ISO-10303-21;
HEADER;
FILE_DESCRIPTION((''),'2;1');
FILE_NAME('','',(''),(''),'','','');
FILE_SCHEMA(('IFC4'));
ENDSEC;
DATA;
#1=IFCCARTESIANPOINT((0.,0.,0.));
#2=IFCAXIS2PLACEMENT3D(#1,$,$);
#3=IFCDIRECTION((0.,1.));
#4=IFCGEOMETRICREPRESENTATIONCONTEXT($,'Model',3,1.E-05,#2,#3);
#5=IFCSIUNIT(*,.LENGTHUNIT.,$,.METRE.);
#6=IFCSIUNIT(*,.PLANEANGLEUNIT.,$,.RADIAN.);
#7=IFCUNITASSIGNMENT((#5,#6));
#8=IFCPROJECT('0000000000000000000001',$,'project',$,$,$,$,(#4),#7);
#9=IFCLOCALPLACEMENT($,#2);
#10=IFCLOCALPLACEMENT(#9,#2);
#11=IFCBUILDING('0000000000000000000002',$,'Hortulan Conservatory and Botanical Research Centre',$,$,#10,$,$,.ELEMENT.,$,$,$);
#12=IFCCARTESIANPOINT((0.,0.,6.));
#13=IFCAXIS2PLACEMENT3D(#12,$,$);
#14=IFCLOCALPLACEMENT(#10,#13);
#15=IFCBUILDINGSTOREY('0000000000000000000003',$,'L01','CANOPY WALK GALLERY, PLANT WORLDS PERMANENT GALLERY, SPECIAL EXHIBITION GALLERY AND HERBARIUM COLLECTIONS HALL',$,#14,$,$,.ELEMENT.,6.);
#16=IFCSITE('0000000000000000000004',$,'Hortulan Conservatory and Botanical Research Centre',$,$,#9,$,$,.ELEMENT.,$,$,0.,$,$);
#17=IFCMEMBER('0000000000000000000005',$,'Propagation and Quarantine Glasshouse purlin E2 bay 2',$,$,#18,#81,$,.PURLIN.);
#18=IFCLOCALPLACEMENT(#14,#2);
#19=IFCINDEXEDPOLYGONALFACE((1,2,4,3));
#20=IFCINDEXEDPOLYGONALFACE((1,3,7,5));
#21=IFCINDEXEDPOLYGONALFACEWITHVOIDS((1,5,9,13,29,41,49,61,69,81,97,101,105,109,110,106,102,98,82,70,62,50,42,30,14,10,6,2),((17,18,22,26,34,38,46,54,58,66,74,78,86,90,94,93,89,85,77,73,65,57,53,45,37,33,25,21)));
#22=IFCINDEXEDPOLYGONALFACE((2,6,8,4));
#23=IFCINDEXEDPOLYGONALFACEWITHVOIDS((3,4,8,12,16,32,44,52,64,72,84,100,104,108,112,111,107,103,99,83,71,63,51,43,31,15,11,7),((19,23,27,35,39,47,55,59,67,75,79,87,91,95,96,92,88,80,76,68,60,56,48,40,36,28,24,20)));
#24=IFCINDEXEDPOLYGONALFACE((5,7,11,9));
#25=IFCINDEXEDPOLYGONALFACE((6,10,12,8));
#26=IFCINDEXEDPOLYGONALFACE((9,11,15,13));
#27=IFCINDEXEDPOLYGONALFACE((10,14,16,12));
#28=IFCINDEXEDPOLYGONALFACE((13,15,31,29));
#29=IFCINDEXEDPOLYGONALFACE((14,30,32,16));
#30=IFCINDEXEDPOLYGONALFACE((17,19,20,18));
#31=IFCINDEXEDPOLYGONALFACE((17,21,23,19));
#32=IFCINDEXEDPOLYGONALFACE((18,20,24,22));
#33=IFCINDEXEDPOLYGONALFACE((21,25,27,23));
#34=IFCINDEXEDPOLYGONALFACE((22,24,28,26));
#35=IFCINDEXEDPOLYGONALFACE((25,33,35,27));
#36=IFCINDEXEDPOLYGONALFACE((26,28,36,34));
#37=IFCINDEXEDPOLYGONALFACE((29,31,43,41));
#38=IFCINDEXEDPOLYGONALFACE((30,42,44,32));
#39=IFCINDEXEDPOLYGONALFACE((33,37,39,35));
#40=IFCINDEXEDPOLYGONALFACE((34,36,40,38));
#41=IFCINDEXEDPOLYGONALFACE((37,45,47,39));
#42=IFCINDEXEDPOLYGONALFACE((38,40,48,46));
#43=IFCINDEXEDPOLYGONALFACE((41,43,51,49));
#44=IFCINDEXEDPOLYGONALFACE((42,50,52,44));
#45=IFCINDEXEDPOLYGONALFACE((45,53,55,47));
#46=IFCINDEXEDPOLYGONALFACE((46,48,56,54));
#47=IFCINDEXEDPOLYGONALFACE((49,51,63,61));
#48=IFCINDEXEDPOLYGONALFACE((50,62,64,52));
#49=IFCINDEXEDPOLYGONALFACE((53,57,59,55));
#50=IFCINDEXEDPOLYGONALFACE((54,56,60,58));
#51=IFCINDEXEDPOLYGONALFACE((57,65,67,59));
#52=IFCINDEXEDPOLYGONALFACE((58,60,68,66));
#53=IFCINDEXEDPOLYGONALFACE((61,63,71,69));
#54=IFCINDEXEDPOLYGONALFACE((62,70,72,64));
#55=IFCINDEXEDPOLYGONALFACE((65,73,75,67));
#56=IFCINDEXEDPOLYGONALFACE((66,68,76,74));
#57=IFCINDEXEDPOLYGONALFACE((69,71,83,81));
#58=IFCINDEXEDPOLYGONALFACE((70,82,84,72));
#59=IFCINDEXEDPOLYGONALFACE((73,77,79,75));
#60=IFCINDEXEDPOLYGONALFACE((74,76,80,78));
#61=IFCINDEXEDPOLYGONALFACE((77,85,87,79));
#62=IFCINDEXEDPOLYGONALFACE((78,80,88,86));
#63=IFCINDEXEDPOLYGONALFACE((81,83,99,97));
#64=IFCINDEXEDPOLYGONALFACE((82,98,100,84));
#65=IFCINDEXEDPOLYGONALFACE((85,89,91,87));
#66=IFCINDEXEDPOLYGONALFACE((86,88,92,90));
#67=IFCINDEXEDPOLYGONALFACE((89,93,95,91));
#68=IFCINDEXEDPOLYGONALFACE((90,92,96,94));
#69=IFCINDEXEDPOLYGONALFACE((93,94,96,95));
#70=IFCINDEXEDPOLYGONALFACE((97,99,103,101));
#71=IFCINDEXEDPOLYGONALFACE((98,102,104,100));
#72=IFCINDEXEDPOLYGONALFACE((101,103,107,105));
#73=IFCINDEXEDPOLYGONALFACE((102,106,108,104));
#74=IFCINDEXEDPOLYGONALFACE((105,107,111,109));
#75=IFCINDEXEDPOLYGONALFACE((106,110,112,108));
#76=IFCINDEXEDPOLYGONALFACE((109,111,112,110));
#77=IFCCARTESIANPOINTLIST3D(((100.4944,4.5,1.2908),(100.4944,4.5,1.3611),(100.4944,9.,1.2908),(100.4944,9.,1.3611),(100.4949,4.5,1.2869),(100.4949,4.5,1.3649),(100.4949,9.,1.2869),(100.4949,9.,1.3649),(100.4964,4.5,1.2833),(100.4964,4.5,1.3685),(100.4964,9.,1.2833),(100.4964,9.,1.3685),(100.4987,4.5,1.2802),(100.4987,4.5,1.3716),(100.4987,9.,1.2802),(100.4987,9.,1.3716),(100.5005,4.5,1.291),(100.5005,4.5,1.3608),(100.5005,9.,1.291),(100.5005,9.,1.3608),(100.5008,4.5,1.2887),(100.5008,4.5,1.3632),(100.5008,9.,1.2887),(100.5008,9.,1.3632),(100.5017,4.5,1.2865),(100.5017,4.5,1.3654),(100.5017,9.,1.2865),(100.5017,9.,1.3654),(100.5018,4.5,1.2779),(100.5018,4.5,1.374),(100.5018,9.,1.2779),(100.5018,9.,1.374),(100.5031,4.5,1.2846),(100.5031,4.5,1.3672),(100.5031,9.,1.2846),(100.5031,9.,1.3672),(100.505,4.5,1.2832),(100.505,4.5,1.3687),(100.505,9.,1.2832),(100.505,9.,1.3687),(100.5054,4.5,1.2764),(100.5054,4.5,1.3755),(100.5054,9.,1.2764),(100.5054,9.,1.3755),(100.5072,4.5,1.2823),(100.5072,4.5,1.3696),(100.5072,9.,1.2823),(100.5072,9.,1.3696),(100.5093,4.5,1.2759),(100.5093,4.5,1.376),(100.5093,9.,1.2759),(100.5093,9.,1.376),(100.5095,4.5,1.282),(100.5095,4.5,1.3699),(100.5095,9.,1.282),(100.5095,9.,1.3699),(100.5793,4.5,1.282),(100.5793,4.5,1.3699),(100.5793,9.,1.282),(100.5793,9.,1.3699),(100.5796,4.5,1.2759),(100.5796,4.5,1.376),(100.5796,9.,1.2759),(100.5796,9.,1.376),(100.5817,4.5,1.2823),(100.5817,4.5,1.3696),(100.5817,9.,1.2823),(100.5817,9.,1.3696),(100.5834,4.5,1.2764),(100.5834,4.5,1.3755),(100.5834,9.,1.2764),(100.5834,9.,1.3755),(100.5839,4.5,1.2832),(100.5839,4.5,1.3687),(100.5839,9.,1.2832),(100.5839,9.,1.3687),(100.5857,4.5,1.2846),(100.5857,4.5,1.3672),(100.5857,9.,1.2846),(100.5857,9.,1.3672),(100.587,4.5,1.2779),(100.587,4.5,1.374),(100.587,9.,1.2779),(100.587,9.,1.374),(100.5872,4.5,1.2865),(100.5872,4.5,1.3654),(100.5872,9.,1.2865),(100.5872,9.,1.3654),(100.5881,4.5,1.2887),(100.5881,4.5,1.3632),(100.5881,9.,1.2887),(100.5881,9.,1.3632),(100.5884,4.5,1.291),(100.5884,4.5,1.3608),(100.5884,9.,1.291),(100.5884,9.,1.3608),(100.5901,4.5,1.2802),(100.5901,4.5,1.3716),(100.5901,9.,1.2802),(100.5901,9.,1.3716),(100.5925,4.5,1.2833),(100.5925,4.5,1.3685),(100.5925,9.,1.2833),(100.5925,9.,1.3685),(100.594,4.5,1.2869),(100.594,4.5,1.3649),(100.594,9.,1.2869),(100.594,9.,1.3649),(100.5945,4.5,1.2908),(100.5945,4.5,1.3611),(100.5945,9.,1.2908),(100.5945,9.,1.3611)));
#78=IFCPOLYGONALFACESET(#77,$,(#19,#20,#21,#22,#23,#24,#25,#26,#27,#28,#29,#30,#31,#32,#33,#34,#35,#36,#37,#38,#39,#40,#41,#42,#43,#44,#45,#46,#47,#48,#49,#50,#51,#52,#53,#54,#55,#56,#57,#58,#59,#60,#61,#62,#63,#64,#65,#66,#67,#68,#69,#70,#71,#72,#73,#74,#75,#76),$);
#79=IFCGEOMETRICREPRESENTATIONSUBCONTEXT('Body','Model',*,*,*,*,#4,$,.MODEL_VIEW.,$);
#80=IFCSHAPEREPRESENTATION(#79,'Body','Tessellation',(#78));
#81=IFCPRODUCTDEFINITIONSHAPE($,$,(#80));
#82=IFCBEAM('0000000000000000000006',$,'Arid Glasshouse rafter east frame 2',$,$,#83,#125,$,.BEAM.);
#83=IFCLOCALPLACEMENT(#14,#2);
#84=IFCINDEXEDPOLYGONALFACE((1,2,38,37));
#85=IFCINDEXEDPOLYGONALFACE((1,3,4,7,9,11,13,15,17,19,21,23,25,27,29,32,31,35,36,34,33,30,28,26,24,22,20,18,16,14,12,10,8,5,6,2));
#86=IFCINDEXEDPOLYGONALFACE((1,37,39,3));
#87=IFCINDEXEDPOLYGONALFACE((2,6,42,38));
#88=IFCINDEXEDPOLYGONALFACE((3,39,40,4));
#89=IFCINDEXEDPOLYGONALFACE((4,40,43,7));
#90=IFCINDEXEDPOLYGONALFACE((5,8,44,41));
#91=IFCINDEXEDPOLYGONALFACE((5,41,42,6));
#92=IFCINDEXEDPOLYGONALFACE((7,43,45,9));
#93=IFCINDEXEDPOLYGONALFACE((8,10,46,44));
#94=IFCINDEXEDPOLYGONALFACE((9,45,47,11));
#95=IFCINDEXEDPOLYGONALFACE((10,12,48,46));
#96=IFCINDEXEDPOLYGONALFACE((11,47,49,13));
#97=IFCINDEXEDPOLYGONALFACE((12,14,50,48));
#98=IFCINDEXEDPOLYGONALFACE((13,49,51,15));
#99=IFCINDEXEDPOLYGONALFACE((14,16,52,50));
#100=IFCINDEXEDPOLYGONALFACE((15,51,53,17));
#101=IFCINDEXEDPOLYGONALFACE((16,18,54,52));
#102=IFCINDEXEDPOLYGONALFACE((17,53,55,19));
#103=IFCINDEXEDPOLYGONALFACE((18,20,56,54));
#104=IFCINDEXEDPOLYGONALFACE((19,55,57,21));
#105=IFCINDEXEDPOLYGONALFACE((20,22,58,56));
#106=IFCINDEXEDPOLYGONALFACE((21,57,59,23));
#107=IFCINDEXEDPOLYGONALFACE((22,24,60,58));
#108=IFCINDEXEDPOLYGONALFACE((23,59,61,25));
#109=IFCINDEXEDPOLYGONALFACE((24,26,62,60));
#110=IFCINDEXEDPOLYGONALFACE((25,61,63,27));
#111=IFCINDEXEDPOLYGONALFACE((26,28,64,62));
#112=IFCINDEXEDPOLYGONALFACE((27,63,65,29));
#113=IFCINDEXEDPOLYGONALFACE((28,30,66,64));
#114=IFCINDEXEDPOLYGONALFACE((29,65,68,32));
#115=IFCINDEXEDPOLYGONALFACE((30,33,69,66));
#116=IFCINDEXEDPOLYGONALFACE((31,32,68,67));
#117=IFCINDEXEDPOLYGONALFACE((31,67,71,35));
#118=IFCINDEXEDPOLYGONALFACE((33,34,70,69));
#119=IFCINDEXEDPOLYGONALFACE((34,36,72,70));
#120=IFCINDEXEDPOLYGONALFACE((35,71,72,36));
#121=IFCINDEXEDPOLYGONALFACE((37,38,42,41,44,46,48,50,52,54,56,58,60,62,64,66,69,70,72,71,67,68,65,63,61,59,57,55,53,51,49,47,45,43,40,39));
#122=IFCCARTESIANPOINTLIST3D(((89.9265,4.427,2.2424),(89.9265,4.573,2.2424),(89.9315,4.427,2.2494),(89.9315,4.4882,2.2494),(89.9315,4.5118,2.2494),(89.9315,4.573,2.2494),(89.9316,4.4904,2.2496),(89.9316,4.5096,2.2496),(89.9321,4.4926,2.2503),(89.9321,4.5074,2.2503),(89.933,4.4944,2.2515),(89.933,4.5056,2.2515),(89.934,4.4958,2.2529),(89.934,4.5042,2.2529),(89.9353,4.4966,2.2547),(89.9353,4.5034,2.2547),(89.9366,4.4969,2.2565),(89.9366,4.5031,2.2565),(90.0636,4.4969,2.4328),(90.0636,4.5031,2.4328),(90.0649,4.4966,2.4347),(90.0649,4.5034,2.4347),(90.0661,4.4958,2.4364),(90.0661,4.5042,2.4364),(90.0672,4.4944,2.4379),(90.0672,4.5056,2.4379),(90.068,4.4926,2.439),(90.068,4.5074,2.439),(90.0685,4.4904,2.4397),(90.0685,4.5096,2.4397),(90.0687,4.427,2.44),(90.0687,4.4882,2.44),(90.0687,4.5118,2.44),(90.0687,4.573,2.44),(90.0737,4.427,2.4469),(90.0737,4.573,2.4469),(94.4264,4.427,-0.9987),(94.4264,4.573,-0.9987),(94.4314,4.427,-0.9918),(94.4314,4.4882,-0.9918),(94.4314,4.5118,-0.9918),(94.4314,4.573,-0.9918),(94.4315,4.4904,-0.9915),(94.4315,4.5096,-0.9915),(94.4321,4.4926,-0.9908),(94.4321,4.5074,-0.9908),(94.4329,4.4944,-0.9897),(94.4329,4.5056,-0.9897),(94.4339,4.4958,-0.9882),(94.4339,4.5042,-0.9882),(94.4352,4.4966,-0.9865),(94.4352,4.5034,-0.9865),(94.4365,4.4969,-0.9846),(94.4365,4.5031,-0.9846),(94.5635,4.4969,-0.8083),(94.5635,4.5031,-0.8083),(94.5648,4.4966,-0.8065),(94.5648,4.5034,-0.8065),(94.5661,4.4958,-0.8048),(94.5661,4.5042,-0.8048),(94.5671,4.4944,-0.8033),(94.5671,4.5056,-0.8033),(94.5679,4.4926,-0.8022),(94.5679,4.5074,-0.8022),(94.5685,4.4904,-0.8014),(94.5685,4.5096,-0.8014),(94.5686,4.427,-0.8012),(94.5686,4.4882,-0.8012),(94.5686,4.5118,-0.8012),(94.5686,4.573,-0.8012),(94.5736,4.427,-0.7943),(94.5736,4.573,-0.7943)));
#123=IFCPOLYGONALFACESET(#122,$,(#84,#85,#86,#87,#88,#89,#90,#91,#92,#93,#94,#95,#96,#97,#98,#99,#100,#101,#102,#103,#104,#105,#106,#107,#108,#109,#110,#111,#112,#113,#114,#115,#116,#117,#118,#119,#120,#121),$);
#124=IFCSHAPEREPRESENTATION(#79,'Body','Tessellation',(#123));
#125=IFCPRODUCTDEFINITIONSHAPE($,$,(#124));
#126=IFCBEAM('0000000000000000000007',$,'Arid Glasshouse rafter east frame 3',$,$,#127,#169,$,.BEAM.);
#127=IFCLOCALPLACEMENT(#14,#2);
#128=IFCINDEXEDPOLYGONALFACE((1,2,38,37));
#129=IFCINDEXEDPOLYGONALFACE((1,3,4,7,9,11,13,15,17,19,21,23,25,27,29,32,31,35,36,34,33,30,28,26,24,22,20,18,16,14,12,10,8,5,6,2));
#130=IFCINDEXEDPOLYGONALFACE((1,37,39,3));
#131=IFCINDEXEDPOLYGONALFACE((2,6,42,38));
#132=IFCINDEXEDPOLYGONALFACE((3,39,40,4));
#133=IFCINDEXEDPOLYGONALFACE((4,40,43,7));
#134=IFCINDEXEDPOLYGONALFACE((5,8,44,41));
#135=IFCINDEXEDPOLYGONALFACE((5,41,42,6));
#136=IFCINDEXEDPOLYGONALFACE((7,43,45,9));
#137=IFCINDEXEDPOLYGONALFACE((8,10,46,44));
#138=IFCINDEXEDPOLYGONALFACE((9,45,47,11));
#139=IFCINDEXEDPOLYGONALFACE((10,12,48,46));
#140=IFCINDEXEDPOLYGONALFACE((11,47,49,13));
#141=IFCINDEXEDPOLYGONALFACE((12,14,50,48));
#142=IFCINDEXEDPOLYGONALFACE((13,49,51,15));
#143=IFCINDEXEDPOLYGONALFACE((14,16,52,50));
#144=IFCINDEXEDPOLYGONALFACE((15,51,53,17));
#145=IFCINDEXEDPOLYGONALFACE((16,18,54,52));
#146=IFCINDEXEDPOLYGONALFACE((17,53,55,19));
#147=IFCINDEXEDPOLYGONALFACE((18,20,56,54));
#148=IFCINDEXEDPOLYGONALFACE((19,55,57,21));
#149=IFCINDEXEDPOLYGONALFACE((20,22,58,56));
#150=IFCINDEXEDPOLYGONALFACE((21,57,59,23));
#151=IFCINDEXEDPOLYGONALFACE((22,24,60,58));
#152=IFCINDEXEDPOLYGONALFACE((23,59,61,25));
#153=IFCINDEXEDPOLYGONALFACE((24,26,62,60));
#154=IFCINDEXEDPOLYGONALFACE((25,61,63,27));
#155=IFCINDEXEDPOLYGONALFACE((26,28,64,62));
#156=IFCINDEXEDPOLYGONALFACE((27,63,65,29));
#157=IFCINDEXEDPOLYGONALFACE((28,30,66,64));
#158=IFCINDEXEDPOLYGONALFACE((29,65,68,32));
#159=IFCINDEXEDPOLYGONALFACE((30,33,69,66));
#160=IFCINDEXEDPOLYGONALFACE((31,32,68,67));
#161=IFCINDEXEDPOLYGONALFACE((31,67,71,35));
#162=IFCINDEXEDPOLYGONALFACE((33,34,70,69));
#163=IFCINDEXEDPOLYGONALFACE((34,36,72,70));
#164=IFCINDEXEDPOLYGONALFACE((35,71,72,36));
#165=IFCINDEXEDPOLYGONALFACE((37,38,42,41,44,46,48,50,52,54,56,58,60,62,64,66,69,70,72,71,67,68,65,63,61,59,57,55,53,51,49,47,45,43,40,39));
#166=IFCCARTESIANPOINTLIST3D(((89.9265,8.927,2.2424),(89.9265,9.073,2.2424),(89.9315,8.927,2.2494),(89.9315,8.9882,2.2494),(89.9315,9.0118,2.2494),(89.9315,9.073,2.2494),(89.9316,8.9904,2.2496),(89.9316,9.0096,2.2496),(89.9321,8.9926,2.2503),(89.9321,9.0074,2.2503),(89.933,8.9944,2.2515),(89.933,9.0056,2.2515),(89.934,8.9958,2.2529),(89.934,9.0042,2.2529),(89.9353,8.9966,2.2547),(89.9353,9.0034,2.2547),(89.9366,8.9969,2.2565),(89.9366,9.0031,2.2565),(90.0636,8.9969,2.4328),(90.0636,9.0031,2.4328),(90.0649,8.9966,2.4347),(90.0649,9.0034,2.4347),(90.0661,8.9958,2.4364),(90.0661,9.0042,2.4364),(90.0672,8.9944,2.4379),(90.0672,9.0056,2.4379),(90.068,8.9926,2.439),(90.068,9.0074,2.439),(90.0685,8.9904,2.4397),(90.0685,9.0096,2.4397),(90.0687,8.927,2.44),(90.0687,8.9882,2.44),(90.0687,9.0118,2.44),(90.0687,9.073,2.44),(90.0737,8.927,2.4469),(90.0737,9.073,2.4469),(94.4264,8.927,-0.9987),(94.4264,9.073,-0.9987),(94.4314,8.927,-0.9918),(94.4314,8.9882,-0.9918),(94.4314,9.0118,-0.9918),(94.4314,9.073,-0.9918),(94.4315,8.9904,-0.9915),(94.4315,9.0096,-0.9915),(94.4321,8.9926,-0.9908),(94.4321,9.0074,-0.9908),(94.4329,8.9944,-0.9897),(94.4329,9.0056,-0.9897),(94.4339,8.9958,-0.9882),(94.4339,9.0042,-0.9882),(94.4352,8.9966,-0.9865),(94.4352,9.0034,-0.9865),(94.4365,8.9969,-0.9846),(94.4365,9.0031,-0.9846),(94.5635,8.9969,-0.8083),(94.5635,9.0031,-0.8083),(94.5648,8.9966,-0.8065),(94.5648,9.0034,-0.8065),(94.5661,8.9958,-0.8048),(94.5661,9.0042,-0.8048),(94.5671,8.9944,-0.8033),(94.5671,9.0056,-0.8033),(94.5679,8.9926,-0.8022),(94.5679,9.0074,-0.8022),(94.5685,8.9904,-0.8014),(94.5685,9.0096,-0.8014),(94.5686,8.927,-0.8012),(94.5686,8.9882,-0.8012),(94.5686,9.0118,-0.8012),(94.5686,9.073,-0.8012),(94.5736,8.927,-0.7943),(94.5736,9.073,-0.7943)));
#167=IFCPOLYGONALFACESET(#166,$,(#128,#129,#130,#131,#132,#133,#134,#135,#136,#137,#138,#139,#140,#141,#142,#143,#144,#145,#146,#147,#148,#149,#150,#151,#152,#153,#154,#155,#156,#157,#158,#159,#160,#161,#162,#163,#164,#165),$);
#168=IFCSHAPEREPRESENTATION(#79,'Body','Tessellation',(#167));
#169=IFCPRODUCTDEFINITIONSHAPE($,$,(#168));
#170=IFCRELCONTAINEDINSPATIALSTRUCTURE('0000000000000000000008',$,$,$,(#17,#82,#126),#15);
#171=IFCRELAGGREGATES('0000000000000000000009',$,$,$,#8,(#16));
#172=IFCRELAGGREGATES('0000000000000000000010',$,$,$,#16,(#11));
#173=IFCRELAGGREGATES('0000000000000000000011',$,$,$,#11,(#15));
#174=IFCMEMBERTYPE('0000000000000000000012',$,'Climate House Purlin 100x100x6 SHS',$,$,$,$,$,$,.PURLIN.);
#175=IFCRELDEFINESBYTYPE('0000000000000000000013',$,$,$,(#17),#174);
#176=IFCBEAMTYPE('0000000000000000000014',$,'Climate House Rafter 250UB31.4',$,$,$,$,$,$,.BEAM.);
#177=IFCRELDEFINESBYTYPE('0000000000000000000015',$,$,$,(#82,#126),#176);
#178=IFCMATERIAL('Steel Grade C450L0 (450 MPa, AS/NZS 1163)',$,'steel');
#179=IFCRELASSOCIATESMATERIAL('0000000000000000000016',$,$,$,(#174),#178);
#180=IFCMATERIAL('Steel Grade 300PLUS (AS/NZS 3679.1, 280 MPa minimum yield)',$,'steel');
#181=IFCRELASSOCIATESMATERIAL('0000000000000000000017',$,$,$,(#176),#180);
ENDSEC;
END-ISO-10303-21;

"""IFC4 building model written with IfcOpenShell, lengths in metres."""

from ifc_helpers import new_model, si_unit, direction, frame, origin, origin_2d, place, context, subcontext, project, spatial, hollow_rectangle, i_section, extrude, material, material_profile, profile_set, type_object, element, save


model = new_model("IFC4")

# Units and contexts
model_context = context("Model", 3, precision=1e-05, world=origin(), true_north=direction((0.0, 1.0)))
body_context = subcontext(model_context, "Body", "Model", "MODEL_VIEW")
ifc_project = project(units=[si_unit("LENGTHUNIT", "METRE"), si_unit("PLANEANGLEUNIT", "RADIAN")], contexts=[model_context])

# Site, building, storey
site_placement = place(None, origin())
site = spatial("IfcSite", under=ifc_project, at=site_placement, Name="Hortulan Conservatory and Botanical Research Centre", CompositionType="ELEMENT", RefElevation=0.0)
building_placement = place(site_placement, origin())
building = spatial("IfcBuilding", under=site, at=building_placement, Name="Hortulan Conservatory and Botanical Research Centre", CompositionType="ELEMENT")
storey_placement = place(building_placement, frame((0.0, 0.0, 6.0)))
storey = spatial("IfcBuildingStorey", under=building, at=storey_placement, Name="L01", Description="CANOPY WALK GALLERY, PLANT WORLDS PERMANENT GALLERY, SPECIAL EXHIBITION GALLERY AND HERBARIUM COLLECTIONS HALL", CompositionType="ELEMENT", Elevation=6.0)

# Member
ifc_material_1 = material(Name="Steel Grade C450L0 (450 MPa, AS/NZS 1163)", Category="steel")
ifc_material_profile_1 = material_profile(ifc_material_1, hollow_rectangle(XDim=0.1001, YDim=0.1001, WallThickness=0.0061, InnerFilletRadius=0.009, OuterFilletRadius=0.0149, at=origin_2d()), Name="100x100x6SHS")
ifc_profile_set_1 = profile_set([ifc_material_profile_1], Name="Steel Grade C450L0 (450 MPa, AS/NZS 1163)")
member_type_1 = type_object("IfcMemberType", Name="Climate House Purlin 100x100x6 SHS", PredefinedType="PURLIN", material=ifc_profile_set_1)
for number, where, z_axis, x_axis, name in (
    (1, (100.5444, 4.5, 1.3259), (0.0, 1.0, 0.0), (-1.0, 0.0, 0.0), "Propagation and Quarantine Glasshouse purlin E2 bay 2"),
):
    element("IfcMember", number, at=place(storey_placement, frame(where, z_axis=z_axis, x_axis=x_axis)), inside=storey, type_object=member_type_1, Name=name, PredefinedType="PURLIN", context=body_context, shape_type="SweptSolid", body=[
        extrude(hollow_rectangle(XDim=0.1001, YDim=0.1001, WallThickness=0.0061, InnerFilletRadius=0.009, OuterFilletRadius=0.0149, at=origin_2d()), origin(), (0.0, 0.0, 1.0), 4.5),
    ])

# Beams
ifc_material_2 = material(Name="Steel Grade 300PLUS (AS/NZS 3679.1, 280 MPa minimum yield)", Category="steel")
ifc_material_profile_2 = material_profile(ifc_material_2, i_section(OverallWidth=0.146, OverallDepth=0.252, WebThickness=0.0061, FlangeThickness=0.0085, FilletRadius=0.0088, at=origin_2d()), Name="250UB31.4")
ifc_profile_set_2 = profile_set([ifc_material_profile_2], Name="Steel Grade 300PLUS (AS/NZS 3679.1, 280 MPa minimum yield)")
beam_type = type_object("IfcBeamType", Name="Climate House Rafter 250UB31.4", PredefinedType="BEAM", material=ifc_profile_set_2)
for number, where, z_axis, x_axis, name in (
    (2, (94.5, 4.5, -0.8965), (-0.811431, 0.0, 0.584449), (0.0, -1.0, 0.0), "Arid Glasshouse rafter east frame 2"),
    (3, (94.5, 9.0, -0.8965), (-0.811431, 0.0, 0.584449), (0.0, -1.0, 0.0), "Arid Glasshouse rafter east frame 3"),
):
    element("IfcBeam", number, at=place(storey_placement, frame(where, z_axis=z_axis, x_axis=x_axis)), inside=storey, type_object=beam_type, Name=name, PredefinedType="BEAM", context=body_context, shape_type="SweptSolid", body=[
        extrude(i_section(OverallWidth=0.146, OverallDepth=0.252, WebThickness=0.0061, FlangeThickness=0.0085, FilletRadius=0.0088, at=origin_2d()), origin(), (0.0, 0.0, 1.0), 5.5457),
    ])

save(model, "model.ifc")
